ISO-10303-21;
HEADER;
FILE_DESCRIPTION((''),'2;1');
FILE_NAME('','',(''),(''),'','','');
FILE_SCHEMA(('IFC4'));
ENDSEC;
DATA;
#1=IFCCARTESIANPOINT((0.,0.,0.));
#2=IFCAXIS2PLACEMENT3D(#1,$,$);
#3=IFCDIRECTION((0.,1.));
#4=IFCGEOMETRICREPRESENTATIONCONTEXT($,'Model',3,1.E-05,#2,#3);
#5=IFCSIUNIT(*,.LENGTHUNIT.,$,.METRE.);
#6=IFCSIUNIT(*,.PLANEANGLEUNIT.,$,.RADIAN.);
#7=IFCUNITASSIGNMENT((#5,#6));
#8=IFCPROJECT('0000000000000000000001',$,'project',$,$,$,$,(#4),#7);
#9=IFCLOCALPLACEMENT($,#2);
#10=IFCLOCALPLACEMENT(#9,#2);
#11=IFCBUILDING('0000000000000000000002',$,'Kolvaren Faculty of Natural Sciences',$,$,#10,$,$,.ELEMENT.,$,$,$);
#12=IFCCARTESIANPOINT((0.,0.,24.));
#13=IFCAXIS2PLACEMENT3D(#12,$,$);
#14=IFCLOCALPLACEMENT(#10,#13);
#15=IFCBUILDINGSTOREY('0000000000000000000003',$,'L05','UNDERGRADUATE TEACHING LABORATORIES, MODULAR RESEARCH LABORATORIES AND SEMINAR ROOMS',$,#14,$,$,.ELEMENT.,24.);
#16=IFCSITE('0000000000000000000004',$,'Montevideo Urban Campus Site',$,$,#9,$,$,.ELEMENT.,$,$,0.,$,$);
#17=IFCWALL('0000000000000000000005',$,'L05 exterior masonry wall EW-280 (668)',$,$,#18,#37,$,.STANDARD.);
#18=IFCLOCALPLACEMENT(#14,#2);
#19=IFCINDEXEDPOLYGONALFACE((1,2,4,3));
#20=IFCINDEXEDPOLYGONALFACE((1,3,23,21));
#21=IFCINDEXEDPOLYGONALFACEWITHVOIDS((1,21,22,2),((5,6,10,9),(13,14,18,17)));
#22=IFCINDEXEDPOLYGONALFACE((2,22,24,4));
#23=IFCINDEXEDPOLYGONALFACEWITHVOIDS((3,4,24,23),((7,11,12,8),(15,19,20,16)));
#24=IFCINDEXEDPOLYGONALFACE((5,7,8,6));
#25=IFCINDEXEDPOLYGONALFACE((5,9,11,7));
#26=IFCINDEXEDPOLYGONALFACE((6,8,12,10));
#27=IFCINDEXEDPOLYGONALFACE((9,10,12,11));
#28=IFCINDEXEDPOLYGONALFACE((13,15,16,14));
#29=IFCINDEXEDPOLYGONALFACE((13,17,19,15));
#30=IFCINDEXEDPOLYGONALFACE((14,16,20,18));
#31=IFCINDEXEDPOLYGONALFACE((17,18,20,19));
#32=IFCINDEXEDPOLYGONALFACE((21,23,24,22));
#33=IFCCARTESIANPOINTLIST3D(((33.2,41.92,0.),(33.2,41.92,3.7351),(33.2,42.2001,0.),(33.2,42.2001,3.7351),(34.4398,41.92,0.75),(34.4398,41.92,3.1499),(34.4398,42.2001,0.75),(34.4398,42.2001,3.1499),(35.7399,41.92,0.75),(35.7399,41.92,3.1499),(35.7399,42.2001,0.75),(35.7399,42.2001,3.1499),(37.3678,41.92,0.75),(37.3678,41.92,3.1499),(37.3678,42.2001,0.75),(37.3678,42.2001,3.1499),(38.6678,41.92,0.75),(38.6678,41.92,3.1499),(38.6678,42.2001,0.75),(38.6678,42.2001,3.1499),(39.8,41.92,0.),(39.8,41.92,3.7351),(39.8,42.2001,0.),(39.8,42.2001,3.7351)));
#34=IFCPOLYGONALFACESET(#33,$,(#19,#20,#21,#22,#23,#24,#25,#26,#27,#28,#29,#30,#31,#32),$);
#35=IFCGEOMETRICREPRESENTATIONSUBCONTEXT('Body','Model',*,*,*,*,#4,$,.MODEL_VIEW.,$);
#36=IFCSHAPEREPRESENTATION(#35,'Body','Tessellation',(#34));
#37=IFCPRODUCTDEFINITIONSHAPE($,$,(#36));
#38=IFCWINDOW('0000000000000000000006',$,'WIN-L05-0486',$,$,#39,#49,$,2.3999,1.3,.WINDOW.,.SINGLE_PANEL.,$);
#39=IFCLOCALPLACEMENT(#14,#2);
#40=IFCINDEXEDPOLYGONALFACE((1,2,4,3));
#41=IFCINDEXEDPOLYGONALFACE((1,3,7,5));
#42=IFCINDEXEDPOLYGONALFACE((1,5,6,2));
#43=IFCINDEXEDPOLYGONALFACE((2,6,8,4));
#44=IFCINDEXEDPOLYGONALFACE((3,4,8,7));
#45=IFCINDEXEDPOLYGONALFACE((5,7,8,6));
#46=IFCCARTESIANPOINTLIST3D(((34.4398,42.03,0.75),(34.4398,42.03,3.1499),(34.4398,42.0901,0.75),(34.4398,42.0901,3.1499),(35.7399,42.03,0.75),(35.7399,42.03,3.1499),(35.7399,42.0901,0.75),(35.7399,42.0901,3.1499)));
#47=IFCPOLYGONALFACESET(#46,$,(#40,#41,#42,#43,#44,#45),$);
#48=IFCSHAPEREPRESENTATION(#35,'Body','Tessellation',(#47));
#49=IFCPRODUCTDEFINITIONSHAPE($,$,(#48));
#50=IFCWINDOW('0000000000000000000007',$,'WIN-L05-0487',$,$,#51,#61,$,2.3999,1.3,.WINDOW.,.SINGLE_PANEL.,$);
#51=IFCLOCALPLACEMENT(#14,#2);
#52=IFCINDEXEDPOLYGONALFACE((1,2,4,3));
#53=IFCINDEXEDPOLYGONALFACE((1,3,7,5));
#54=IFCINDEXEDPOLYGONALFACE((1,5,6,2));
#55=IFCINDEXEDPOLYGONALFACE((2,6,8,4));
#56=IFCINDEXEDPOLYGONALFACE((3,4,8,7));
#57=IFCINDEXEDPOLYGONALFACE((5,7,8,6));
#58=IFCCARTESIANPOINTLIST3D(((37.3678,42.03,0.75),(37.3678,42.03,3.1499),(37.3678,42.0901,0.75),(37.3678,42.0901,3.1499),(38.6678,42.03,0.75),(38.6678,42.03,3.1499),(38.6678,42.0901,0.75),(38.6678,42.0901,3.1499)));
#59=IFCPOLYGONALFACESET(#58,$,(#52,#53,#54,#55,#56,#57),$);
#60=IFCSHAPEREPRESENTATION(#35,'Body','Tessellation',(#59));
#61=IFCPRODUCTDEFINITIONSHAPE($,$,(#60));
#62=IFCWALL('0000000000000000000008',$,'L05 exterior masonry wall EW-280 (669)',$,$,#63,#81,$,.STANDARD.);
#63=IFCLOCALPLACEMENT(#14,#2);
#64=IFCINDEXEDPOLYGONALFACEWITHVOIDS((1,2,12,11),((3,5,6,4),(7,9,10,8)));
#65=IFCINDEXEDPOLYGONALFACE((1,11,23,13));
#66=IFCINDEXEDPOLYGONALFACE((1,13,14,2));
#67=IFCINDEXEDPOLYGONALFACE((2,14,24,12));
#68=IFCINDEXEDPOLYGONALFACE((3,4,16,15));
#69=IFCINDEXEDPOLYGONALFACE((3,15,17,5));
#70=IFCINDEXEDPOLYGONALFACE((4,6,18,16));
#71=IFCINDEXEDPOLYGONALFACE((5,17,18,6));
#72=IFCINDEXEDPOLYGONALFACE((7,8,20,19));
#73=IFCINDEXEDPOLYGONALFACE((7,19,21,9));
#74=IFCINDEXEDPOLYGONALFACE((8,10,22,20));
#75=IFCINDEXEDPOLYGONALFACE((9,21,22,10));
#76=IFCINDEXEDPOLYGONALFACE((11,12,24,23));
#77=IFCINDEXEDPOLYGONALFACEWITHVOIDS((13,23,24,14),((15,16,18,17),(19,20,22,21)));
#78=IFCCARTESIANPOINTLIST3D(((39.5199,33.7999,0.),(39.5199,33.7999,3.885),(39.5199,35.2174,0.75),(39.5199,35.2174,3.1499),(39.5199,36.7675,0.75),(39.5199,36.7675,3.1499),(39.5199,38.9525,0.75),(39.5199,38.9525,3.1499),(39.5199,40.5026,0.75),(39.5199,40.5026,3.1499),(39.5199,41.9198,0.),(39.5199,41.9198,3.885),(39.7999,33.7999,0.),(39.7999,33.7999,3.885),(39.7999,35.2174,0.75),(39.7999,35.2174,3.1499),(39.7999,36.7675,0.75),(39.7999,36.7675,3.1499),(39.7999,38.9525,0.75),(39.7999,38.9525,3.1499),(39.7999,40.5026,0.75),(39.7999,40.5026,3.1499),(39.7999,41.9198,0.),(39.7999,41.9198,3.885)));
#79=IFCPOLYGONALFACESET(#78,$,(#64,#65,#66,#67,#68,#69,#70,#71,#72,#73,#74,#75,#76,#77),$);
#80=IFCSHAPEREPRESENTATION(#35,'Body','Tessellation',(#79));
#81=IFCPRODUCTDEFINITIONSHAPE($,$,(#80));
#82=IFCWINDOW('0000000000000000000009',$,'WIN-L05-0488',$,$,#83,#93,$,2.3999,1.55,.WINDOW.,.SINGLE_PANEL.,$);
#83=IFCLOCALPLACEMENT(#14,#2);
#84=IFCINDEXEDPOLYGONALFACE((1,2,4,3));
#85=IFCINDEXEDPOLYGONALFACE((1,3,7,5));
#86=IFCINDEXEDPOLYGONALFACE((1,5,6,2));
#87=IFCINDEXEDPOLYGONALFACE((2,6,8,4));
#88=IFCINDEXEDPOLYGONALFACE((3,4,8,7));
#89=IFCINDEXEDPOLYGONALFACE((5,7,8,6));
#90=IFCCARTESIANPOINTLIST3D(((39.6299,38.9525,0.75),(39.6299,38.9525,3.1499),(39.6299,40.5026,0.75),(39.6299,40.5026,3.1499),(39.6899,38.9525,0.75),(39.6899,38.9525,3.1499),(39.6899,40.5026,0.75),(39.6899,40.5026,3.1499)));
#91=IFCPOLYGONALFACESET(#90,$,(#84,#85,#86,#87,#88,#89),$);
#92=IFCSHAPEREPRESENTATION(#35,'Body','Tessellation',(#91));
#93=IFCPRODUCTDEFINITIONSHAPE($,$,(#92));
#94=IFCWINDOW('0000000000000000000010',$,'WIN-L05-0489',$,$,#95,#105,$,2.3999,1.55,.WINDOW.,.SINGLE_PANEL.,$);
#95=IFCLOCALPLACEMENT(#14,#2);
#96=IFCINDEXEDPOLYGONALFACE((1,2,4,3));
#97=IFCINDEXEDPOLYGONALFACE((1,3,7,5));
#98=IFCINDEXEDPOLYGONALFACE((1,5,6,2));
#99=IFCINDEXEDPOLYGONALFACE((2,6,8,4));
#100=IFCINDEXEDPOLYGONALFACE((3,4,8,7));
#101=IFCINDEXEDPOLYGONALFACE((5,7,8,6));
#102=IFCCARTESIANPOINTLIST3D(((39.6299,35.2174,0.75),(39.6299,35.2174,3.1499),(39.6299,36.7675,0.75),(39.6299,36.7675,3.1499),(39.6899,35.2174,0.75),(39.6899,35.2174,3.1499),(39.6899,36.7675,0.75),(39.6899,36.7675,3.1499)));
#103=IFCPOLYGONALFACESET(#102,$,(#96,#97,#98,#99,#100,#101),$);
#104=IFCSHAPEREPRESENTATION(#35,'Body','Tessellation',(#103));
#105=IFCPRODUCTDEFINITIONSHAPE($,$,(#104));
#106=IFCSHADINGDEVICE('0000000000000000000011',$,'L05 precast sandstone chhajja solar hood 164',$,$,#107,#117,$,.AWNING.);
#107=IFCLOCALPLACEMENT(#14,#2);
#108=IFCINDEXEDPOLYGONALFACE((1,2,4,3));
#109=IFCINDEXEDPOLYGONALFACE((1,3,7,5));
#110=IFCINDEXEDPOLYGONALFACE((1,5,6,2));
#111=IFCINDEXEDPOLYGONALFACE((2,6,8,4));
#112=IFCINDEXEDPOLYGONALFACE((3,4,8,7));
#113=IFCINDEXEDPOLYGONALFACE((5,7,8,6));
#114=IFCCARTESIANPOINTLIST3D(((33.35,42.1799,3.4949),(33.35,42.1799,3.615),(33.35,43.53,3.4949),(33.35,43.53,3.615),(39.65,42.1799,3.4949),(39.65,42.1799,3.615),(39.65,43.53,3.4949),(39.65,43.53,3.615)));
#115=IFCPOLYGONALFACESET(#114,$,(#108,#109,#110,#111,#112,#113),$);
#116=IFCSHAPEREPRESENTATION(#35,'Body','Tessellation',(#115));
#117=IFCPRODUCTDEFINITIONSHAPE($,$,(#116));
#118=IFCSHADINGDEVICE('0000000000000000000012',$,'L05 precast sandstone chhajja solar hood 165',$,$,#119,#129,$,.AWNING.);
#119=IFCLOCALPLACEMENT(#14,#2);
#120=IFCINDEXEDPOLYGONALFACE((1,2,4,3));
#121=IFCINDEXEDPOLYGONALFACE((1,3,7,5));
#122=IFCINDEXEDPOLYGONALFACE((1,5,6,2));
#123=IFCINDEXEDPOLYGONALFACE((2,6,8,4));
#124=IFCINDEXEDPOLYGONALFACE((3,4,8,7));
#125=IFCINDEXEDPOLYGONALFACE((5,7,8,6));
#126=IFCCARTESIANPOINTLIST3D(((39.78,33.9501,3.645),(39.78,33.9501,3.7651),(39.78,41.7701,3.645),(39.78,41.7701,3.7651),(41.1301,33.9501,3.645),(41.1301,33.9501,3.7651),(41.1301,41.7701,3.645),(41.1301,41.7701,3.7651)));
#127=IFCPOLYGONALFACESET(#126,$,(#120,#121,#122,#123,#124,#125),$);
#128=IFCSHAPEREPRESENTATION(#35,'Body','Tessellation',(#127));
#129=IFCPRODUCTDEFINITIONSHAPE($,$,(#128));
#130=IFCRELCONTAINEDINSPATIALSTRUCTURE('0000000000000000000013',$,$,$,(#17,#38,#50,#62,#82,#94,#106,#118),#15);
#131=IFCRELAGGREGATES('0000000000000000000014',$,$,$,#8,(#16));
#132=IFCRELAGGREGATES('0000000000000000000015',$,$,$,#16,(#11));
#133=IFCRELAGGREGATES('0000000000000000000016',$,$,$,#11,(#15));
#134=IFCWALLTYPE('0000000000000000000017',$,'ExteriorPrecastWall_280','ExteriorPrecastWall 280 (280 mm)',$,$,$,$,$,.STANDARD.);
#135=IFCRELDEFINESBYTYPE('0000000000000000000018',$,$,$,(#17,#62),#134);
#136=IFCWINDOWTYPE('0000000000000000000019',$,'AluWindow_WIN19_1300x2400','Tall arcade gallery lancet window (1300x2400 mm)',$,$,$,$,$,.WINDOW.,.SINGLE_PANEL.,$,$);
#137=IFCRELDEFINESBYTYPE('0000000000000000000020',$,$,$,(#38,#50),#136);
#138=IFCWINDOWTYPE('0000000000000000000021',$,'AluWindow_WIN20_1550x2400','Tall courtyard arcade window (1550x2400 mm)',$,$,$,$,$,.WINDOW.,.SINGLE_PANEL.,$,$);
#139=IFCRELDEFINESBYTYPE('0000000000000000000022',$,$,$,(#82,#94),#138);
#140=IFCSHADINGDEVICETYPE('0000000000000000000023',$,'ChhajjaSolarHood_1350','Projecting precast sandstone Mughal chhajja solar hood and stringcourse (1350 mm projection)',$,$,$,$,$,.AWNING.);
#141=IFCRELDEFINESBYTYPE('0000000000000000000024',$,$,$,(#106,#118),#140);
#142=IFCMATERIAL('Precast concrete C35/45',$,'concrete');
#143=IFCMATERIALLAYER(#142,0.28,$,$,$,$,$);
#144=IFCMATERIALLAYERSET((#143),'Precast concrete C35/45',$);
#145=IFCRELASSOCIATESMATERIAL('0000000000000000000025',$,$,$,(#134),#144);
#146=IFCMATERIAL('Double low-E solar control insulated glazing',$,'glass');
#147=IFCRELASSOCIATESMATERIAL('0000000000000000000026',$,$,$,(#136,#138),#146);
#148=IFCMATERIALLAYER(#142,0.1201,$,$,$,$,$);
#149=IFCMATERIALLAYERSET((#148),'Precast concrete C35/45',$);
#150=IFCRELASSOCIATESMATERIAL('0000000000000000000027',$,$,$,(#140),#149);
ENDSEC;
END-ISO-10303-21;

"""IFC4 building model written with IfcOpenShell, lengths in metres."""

from ifc_helpers import new_model, si_unit, direction, frame, frame_2d, origin, origin_2d, place, context, subcontext, project, spatial, rectangle, extrude, material, layer, layer_set, type_object, element, fill, save


model = new_model("IFC4")

# Units and contexts
model_context = context("Model", 3, precision=1e-05, world=origin(), true_north=direction((0.0, 1.0)))
body_context = subcontext(model_context, "Body", "Model", "MODEL_VIEW")
ifc_project = project(units=[si_unit("LENGTHUNIT", "METRE"), si_unit("PLANEANGLEUNIT", "RADIAN")], contexts=[model_context])

# Site, building, storey
site_placement = place(None, origin())
site = spatial("IfcSite", under=ifc_project, at=site_placement, Name="Montevideo Urban Campus Site", CompositionType="ELEMENT", RefElevation=0.0)
building_placement = place(site_placement, origin())
building = spatial("IfcBuilding", under=site, at=building_placement, Name="Kolvaren Faculty of Natural Sciences", CompositionType="ELEMENT")
storey_placement = place(building_placement, frame((0.0, 0.0, 24.0)))
storey = spatial("IfcBuildingStorey", under=building, at=storey_placement, Name="L05", Description="UNDERGRADUATE TEACHING LABORATORIES, MODULAR RESEARCH LABORATORIES AND SEMINAR ROOMS", CompositionType="ELEMENT", Elevation=24.0)

# Walls, openings, windows
ifc_material_1 = material(Name="Precast concrete C35/45", Category="concrete")
ifc_layer_1 = layer(ifc_material_1, 0.28)
ifc_layer_set_1 = layer_set([ifc_layer_1], Name="Precast concrete C35/45")
wall_type_1 = type_object("IfcWallType", Name="ExteriorPrecastWall_280", Description="ExteriorPrecastWall 280 (280 mm)", PredefinedType="STANDARD", material=ifc_layer_set_1)
wall_1_placement = place(storey_placement, frame((33.2, 42.0601, 0.0), z_axis=(0.0, 0.0, 1.0), x_axis=(1.0, 0.0, 0.0)))
wall_1 = element("IfcWall", 1, at=wall_1_placement, inside=storey, type_object=wall_type_1, Name="L05 exterior masonry wall EW-280 (668)", PredefinedType="STANDARD", context=body_context, shape_type="SweptSolid", body=[
    extrude(rectangle(XDim=6.6001, YDim=0.28, at=frame_2d((3.3, 0.0))), origin(), (0.0, 0.0, 1.0), 3.7351),
])
opening_1_placement = place(wall_1_placement, frame((1.24, 0.0, 0.75)))
opening_1 = element("IfcOpeningElement", 2, at=opening_1_placement, cuts=wall_1, PredefinedType="OPENING", context=body_context, shape_type="SweptSolid", body=[
    extrude(rectangle(XDim=1.3, YDim=2.3999, at=frame_2d((0.6499, 1.2))), frame((0.0, 0.1499, 0.0), z_axis=(0.0, -1.0, 0.0), x_axis=(1.0, 0.0, 0.0)), (0.0, 0.0, 1.0), 0.3),
])
opening_2_placement = place(wall_1_placement, frame((4.168, 0.0, 0.75)))
opening_2 = element("IfcOpeningElement", 3, at=opening_2_placement, cuts=wall_1, PredefinedType="OPENING", context=body_context, shape_type="SweptSolid", body=[
    extrude(rectangle(XDim=1.3, YDim=2.3999, at=frame_2d((0.6499, 1.2))), frame((0.0, 0.1499, 0.0), z_axis=(0.0, -1.0, 0.0), x_axis=(1.0, 0.0, 0.0)), (0.0, 0.0, 1.0), 0.3),
])
ifc_material_2 = material(Name="Double low-E solar control insulated glazing", Category="glass")
window_type_1 = type_object("IfcWindowType", Name="AluWindow_WIN19_1300x2400", Description="Tall arcade gallery lancet window (1300x2400 mm)", PartitioningType="SINGLE_PANEL", PredefinedType="WINDOW", material=ifc_material_2)
window_1_placement = place(opening_1_placement, origin())
window_1 = element("IfcWindow", 4, at=window_1_placement, inside=storey, type_object=window_type_1, Name="WIN-L05-0486", OverallHeight=2.3999, OverallWidth=1.3, PartitioningType="SINGLE_PANEL", PredefinedType="WINDOW", context=body_context, shape_type="SweptSolid", body=[
    extrude(rectangle(XDim=1.3, YDim=2.3999, at=frame_2d((0.6499, 1.2))), frame((0.0, 0.03, 0.0), z_axis=(0.0, -1.0, 0.0), x_axis=(1.0, 0.0, 0.0)), (0.0, 0.0, 1.0), 0.0601),
])
fill(opening_1, window_1)
window_2_placement = place(opening_2_placement, origin())
window_2 = element("IfcWindow", 5, at=window_2_placement, inside=storey, type_object=window_type_1, Name="WIN-L05-0487", OverallHeight=2.3999, OverallWidth=1.3, PartitioningType="SINGLE_PANEL", PredefinedType="WINDOW", context=body_context, shape_type="SweptSolid", body=[
    extrude(rectangle(XDim=1.3, YDim=2.3999, at=frame_2d((0.6499, 1.2))), frame((0.0, 0.03, 0.0), z_axis=(0.0, -1.0, 0.0), x_axis=(1.0, 0.0, 0.0)), (0.0, 0.0, 1.0), 0.0601),
])
fill(opening_2, window_2)
wall_2_placement = place(storey_placement, frame((39.6599, 41.9199, 0.0), z_axis=(0.0, 0.0, 1.0), x_axis=(0.0, -1.0, 0.0)))
wall_2 = element("IfcWall", 6, at=wall_2_placement, inside=storey, type_object=wall_type_1, Name="L05 exterior masonry wall EW-280 (669)", PredefinedType="STANDARD", context=body_context, shape_type="SweptSolid", body=[
    extrude(rectangle(XDim=8.1199, YDim=0.28, at=frame_2d((4.0601, 0.0))), origin(), (0.0, 0.0, 1.0), 3.885),
])
opening_3_placement = place(wall_2_placement, frame((1.4175, 0.0, 0.75)))
opening_3 = element("IfcOpeningElement", 7, at=opening_3_placement, cuts=wall_2, PredefinedType="OPENING", context=body_context, shape_type="SweptSolid", body=[
    extrude(rectangle(XDim=1.55, YDim=2.3999, at=frame_2d((0.7749, 1.2))), frame((0.0, 0.1499, 0.0), z_axis=(0.0, -1.0, 0.0), x_axis=(1.0, 0.0, 0.0)), (0.0, 0.0, 1.0), 0.3),
])
opening_4_placement = place(wall_2_placement, frame((5.1526, 0.0, 0.75)))
opening_4 = element("IfcOpeningElement", 8, at=opening_4_placement, cuts=wall_2, PredefinedType="OPENING", context=body_context, shape_type="SweptSolid", body=[
    extrude(rectangle(XDim=1.55, YDim=2.3999, at=frame_2d((0.7749, 1.2))), frame((0.0, 0.1499, 0.0), z_axis=(0.0, -1.0, 0.0), x_axis=(1.0, 0.0, 0.0)), (0.0, 0.0, 1.0), 0.3),
])
window_type_2 = type_object("IfcWindowType", Name="AluWindow_WIN20_1550x2400", Description="Tall courtyard arcade window (1550x2400 mm)", PartitioningType="SINGLE_PANEL", PredefinedType="WINDOW", material=ifc_material_2)
window_3_placement = place(opening_3_placement, origin())
window_3 = element("IfcWindow", 9, at=window_3_placement, inside=storey, type_object=window_type_2, Name="WIN-L05-0488", OverallHeight=2.3999, OverallWidth=1.55, PartitioningType="SINGLE_PANEL", PredefinedType="WINDOW", context=body_context, shape_type="SweptSolid", body=[
    extrude(rectangle(XDim=1.55, YDim=2.3999, at=frame_2d((0.7749, 1.2))), frame((0.0, 0.03, 0.0), z_axis=(0.0, -1.0, 0.0), x_axis=(1.0, 0.0, 0.0)), (0.0, 0.0, 1.0), 0.0601),
])
fill(opening_3, window_3)
window_4_placement = place(opening_4_placement, origin())
window_4 = element("IfcWindow", 10, at=window_4_placement, inside=storey, type_object=window_type_2, Name="WIN-L05-0489", OverallHeight=2.3999, OverallWidth=1.55, PartitioningType="SINGLE_PANEL", PredefinedType="WINDOW", context=body_context, shape_type="SweptSolid", body=[
    extrude(rectangle(XDim=1.55, YDim=2.3999, at=frame_2d((0.7749, 1.2))), frame((0.0, 0.03, 0.0), z_axis=(0.0, -1.0, 0.0), x_axis=(1.0, 0.0, 0.0)), (0.0, 0.0, 1.0), 0.0601),
])
fill(opening_4, window_4)

# Shading devices
ifc_layer_2 = layer(ifc_material_1, 0.1201)
ifc_layer_set_2 = layer_set([ifc_layer_2], Name="Precast concrete C35/45")
shading_device_type = type_object("IfcShadingDeviceType", Name="ChhajjaSolarHood_1350", Description="Projecting precast sandstone Mughal chhajja solar hood and stringcourse (1350 mm projection)", PredefinedType="AWNING", material=ifc_layer_set_2)
shading_device_1_placement = place(storey_placement, frame((36.5, 42.855, 3.4949), z_axis=(0.0, 0.0, 1.0), x_axis=(1.0, 0.0, 0.0)))
element("IfcShadingDevice", 11, at=shading_device_1_placement, inside=storey, type_object=shading_device_type, Name="L05 precast sandstone chhajja solar hood 164", PredefinedType="AWNING", context=body_context, shape_type="SweptSolid", body=[
    extrude(rectangle(XDim=6.3, YDim=1.3501, at=origin_2d()), origin(), (0.0, 0.0, 1.0), 0.1201),
])
shading_device_2_placement = place(storey_placement, frame((40.4551, 37.8601, 3.645), z_axis=(0.0, 0.0, 1.0), x_axis=(0.0, -1.0, 0.0)))
element("IfcShadingDevice", 12, at=shading_device_2_placement, inside=storey, type_object=shading_device_type, Name="L05 precast sandstone chhajja solar hood 165", PredefinedType="AWNING", context=body_context, shape_type="SweptSolid", body=[
    extrude(rectangle(XDim=7.8201, YDim=1.3501, at=origin_2d()), origin(), (0.0, 0.0, 1.0), 0.1201),
])

save(model, "model.ifc")
